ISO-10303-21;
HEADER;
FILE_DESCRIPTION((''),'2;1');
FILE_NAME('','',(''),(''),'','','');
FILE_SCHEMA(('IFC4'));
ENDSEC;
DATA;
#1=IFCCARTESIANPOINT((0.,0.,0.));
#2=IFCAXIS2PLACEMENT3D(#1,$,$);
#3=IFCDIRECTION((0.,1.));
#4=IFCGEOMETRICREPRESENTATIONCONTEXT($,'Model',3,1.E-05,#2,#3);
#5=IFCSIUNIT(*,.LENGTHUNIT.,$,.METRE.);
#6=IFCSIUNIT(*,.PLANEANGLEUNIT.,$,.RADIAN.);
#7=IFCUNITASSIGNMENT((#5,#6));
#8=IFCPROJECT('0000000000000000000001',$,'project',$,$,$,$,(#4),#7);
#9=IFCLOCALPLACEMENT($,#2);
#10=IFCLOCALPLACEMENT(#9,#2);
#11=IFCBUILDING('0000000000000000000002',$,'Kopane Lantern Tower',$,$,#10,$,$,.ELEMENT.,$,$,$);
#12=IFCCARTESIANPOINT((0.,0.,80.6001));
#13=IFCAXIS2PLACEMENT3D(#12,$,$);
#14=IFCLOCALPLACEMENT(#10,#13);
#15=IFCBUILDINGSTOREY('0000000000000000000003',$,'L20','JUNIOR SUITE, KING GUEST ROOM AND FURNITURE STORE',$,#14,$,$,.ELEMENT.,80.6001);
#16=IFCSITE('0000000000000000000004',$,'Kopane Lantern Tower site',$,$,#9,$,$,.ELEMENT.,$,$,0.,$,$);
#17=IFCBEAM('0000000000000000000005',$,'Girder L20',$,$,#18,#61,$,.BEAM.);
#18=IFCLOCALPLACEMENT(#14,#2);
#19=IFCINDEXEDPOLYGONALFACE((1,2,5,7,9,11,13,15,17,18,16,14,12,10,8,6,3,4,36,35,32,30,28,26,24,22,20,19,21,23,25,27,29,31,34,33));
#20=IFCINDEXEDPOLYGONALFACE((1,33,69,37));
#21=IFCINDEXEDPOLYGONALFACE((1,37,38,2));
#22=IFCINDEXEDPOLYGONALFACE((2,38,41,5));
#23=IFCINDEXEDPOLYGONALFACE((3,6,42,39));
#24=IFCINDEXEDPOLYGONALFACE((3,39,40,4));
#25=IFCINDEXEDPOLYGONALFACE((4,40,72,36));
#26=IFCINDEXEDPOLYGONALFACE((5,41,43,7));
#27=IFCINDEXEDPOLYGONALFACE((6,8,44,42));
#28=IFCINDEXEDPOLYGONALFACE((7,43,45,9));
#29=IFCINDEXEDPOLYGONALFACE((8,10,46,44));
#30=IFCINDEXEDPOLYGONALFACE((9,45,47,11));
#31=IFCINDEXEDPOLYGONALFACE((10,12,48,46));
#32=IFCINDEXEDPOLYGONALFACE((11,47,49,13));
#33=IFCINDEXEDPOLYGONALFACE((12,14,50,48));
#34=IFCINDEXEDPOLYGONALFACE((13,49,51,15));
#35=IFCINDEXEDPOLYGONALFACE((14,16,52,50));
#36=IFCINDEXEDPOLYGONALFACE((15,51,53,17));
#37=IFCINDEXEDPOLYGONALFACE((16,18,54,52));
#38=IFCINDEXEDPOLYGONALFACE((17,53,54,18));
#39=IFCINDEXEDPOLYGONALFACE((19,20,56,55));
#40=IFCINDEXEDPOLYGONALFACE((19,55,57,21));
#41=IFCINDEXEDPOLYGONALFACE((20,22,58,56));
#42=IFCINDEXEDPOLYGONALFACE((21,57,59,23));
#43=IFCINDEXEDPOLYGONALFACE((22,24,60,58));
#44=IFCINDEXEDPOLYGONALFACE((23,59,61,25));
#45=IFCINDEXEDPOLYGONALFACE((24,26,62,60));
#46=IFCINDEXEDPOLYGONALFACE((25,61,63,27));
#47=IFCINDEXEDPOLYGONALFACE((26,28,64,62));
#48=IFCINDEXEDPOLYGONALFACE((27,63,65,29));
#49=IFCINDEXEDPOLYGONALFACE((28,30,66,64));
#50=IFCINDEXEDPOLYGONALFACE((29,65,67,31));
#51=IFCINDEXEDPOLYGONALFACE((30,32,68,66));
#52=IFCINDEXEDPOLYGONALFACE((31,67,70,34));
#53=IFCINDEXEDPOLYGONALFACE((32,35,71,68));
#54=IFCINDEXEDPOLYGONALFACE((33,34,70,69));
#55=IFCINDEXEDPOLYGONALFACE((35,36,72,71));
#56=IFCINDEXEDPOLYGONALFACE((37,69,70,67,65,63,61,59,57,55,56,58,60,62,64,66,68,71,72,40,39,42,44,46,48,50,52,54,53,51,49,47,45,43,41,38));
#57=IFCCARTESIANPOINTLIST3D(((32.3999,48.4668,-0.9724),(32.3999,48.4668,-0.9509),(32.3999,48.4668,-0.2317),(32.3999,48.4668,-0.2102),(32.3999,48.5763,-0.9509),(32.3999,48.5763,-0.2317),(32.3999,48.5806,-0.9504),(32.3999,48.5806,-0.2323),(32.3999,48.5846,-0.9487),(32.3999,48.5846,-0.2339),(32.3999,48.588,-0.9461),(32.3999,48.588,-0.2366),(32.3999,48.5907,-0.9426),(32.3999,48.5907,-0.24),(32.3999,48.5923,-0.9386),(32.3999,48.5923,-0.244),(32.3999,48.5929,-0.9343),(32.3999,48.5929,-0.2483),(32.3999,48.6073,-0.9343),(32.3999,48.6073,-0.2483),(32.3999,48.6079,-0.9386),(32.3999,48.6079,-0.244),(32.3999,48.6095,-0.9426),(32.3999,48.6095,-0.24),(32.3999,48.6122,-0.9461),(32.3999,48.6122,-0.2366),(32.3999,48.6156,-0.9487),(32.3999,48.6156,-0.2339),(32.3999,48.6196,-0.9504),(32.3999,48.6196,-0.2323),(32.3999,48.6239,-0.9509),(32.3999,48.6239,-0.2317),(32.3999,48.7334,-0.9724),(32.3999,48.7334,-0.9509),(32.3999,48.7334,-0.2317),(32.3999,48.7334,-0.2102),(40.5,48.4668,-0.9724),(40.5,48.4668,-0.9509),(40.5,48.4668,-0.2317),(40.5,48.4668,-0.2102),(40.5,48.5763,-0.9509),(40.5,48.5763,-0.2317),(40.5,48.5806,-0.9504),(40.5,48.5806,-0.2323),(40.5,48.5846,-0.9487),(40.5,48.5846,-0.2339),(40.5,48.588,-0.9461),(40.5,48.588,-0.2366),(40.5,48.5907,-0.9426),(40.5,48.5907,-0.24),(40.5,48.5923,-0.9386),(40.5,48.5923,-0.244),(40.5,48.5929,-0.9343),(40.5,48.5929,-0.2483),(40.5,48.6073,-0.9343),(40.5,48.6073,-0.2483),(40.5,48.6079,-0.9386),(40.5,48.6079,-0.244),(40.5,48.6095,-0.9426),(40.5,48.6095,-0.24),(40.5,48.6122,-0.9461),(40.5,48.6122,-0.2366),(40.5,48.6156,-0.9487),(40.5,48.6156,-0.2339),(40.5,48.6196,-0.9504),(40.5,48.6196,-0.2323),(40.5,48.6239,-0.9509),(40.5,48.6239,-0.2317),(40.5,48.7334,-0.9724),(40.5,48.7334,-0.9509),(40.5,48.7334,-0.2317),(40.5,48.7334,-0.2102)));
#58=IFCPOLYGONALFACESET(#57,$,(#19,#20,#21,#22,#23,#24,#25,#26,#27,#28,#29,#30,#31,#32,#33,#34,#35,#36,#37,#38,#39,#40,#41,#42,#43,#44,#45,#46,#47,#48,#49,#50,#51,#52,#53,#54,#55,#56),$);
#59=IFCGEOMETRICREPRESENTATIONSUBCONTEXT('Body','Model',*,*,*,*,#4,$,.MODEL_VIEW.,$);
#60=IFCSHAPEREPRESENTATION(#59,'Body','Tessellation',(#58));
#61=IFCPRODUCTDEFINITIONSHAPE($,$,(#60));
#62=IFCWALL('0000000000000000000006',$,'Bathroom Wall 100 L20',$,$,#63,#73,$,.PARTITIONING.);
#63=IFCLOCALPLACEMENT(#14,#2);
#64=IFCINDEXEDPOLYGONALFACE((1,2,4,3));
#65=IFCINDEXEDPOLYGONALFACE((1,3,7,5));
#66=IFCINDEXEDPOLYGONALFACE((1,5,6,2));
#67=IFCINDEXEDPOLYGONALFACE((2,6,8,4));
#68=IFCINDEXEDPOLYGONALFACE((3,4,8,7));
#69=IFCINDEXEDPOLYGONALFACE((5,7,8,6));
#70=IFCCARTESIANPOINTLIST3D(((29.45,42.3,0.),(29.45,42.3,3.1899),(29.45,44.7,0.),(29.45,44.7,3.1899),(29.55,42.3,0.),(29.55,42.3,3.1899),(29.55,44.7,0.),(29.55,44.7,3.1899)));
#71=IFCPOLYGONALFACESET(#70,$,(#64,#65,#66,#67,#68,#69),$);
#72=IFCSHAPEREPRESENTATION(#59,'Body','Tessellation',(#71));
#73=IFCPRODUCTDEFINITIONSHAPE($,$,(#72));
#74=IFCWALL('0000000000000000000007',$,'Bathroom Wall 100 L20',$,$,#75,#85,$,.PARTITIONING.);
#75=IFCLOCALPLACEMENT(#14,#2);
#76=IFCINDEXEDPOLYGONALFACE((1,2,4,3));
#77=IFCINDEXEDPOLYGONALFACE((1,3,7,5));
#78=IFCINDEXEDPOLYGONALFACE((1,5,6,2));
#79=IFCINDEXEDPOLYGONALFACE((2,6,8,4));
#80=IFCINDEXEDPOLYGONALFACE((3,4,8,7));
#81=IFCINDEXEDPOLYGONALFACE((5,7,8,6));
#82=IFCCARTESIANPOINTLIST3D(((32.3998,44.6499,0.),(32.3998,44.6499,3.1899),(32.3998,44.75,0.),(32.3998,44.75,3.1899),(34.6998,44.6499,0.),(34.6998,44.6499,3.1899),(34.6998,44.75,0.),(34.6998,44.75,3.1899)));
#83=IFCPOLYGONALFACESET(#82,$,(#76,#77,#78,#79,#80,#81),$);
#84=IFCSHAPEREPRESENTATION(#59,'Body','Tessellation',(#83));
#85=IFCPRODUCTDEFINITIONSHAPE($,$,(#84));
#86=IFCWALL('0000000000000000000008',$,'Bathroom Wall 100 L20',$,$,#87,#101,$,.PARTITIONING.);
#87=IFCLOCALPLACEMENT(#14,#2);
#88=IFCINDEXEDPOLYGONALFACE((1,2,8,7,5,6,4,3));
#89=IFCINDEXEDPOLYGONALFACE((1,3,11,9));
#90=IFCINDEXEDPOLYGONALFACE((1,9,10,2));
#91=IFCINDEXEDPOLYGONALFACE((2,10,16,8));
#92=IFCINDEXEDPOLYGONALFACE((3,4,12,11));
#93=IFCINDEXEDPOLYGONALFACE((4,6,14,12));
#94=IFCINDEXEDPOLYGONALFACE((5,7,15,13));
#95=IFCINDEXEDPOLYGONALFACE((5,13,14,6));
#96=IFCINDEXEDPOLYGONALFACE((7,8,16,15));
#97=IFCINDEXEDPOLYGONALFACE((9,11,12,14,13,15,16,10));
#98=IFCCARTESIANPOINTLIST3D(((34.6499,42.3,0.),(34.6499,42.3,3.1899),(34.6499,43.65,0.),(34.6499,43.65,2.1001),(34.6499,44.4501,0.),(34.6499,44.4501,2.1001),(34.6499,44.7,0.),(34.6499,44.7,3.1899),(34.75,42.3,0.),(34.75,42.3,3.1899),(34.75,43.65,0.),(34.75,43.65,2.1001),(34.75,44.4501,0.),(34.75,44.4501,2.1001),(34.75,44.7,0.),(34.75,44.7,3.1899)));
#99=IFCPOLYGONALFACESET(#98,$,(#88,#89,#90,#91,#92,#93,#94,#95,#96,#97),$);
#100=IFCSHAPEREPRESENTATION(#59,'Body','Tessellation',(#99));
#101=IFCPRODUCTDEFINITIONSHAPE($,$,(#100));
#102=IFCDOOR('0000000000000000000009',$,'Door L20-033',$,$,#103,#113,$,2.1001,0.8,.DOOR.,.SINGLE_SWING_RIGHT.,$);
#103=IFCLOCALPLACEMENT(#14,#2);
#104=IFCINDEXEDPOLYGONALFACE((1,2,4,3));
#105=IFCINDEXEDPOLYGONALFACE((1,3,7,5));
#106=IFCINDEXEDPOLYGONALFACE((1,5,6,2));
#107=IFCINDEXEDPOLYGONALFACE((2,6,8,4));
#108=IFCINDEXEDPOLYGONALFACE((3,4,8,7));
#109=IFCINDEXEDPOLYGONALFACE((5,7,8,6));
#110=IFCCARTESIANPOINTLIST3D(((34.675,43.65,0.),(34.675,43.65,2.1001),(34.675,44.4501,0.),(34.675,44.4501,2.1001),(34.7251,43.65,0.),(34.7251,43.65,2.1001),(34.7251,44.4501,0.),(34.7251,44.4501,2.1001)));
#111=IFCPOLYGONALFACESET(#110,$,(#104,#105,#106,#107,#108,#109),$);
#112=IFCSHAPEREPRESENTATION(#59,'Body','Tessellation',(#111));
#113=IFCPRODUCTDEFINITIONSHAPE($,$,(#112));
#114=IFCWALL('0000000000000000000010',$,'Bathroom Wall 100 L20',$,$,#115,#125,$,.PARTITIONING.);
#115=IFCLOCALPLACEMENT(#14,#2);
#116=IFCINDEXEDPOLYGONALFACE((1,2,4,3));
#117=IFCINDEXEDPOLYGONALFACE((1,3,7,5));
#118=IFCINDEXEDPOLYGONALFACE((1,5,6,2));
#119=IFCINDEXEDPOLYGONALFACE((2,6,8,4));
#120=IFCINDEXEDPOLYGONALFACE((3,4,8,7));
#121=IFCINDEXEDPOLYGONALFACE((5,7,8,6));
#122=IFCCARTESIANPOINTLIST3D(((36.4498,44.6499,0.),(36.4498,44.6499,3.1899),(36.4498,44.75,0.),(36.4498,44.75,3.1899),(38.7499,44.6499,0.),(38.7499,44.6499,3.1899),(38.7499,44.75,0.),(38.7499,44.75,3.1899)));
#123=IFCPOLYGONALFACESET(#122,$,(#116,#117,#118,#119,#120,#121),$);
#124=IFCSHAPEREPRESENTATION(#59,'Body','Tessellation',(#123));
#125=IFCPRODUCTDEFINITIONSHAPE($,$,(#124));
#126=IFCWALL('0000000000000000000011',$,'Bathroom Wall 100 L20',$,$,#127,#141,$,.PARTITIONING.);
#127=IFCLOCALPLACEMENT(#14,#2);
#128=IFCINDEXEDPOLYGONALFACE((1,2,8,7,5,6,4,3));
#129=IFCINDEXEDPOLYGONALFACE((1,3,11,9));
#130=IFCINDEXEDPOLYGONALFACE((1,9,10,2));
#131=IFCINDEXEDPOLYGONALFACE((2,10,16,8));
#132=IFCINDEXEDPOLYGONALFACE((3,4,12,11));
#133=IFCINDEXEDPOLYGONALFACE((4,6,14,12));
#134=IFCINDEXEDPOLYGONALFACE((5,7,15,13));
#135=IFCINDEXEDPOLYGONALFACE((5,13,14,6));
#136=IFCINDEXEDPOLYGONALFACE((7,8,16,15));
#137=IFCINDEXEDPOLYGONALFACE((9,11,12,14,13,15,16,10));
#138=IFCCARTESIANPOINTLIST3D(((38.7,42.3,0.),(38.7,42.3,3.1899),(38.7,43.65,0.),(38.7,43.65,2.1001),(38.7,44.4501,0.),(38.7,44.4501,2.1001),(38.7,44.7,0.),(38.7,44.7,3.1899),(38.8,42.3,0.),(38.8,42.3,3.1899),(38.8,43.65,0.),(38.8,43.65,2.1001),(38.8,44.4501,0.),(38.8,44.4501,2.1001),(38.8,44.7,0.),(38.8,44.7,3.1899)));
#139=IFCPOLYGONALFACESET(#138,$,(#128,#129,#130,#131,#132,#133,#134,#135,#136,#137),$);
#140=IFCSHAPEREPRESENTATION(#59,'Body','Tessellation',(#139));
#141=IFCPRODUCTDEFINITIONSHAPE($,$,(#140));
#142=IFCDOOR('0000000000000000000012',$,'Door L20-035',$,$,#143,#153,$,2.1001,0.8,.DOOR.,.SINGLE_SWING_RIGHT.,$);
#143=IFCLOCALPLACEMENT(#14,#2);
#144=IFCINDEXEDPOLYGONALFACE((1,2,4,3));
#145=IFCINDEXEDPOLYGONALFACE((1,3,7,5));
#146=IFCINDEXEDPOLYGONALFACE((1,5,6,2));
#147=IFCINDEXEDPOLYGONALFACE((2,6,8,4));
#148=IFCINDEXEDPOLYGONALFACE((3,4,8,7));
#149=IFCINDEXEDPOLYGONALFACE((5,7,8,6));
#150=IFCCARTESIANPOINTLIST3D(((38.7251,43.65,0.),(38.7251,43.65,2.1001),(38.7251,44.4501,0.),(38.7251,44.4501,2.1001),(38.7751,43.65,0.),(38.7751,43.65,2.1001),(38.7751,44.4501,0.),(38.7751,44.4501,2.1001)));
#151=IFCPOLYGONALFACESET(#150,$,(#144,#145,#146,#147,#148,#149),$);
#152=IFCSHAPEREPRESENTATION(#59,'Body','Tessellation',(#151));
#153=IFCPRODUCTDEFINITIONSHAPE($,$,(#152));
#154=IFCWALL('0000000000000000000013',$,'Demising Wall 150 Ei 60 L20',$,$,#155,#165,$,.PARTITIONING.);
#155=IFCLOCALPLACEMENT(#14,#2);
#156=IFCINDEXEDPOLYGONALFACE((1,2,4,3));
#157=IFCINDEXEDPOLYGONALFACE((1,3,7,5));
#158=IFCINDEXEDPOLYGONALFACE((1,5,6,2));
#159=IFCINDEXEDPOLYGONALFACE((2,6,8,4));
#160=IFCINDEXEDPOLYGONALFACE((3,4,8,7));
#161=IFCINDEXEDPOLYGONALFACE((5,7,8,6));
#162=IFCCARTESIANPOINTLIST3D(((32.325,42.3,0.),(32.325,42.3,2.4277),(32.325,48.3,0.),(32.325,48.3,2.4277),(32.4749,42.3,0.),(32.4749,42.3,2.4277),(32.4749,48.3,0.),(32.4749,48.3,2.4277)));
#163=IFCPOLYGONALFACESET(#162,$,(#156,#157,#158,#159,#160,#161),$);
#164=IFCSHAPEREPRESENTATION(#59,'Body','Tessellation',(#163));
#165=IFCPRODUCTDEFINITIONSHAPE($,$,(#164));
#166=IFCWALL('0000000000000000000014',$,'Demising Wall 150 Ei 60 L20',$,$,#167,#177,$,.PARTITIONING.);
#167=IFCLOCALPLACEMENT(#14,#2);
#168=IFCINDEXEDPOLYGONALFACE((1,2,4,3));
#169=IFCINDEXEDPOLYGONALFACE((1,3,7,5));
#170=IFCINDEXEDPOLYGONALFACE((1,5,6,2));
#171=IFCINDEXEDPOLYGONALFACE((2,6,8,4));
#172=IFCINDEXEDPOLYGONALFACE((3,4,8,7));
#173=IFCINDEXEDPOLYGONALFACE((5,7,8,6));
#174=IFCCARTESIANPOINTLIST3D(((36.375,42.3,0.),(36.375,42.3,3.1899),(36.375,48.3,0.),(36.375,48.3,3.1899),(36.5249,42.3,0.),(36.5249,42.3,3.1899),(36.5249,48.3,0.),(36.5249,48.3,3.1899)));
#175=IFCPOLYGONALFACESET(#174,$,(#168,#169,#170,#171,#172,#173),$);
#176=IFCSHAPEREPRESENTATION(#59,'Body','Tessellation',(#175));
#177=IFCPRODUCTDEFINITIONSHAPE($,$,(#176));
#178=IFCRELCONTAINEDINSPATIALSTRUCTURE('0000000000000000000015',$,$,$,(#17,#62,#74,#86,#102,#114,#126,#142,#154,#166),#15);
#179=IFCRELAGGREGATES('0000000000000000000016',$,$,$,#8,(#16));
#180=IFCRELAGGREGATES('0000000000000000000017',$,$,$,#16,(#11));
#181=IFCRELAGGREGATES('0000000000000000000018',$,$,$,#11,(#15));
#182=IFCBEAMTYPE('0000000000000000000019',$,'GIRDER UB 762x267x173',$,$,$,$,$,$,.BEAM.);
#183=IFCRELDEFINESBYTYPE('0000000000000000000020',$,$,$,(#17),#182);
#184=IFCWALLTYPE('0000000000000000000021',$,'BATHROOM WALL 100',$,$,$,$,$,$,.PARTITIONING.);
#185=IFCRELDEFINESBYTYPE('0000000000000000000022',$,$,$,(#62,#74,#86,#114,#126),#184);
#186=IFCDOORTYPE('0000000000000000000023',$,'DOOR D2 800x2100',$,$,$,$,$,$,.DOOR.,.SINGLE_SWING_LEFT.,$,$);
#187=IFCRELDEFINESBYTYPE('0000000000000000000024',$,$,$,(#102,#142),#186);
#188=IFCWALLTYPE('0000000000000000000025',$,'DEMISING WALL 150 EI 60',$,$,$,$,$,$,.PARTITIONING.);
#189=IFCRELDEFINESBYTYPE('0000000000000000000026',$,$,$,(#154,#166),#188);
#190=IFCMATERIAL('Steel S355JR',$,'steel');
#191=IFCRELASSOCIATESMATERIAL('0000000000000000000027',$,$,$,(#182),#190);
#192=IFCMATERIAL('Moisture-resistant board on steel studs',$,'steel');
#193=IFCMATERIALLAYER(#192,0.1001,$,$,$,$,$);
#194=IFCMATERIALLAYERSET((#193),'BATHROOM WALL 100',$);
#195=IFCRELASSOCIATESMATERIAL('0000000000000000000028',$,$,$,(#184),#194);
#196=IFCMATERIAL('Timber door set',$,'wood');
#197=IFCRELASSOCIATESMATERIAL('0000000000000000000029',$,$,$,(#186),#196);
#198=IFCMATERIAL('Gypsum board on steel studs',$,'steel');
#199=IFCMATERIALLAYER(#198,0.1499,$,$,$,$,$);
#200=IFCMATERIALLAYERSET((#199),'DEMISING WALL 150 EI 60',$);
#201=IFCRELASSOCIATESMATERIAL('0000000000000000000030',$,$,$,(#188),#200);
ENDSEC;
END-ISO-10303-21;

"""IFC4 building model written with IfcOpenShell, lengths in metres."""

from ifc_helpers import new_model, si_unit, direction, frame, frame_2d, origin, origin_2d, place, context, subcontext, project, spatial, rectangle, i_section, extrude, material, layer, layer_set, material_profile, profile_set, type_object, element, fill, save


model = new_model("IFC4")

# Units and contexts
model_context = context("Model", 3, precision=1e-05, world=origin(), true_north=direction((0.0, 1.0)))
body_context = subcontext(model_context, "Body", "Model", "MODEL_VIEW")
ifc_project = project(units=[si_unit("LENGTHUNIT", "METRE"), si_unit("PLANEANGLEUNIT", "RADIAN")], contexts=[model_context])

# Site, building, storey
site_placement = place(None, origin())
site = spatial("IfcSite", under=ifc_project, at=site_placement, Name="Kopane Lantern Tower site", CompositionType="ELEMENT", RefElevation=0.0)
building_placement = place(site_placement, origin())
building = spatial("IfcBuilding", under=site, at=building_placement, Name="Kopane Lantern Tower", CompositionType="ELEMENT")
storey_placement = place(building_placement, frame((0.0, 0.0, 80.6001)))
storey = spatial("IfcBuildingStorey", under=building, at=storey_placement, Name="L20", Description="JUNIOR SUITE, KING GUEST ROOM AND FURNITURE STORE", CompositionType="ELEMENT", Elevation=80.6001)

# Beam
ifc_material_1 = material(Name="Steel S355JR", Category="steel")
ifc_material_profile_1 = material_profile(ifc_material_1, i_section(OverallWidth=0.2666, OverallDepth=0.7622, WebThickness=0.0144, FlangeThickness=0.0215, FilletRadius=0.0166, at=origin_2d()), Name="UB 762x267x173")
ifc_profile_set_1 = profile_set([ifc_material_profile_1], Name="Steel S355JR")
beam_type = type_object("IfcBeamType", Name="GIRDER UB 762x267x173", PredefinedType="BEAM", material=ifc_profile_set_1)
for number, where, z_axis, x_axis, name in (
    (1, (32.3999, 48.6001, -0.5913), (1.0, 0.0, 0.0), (0.0, 1.0, 0.0), "Girder L20"),
):
    element("IfcBeam", number, at=place(storey_placement, frame(where, z_axis=z_axis, x_axis=x_axis)), inside=storey, type_object=beam_type, Name=name, PredefinedType="BEAM", context=body_context, shape_type="SweptSolid", body=[
        extrude(i_section(OverallWidth=0.2666, OverallDepth=0.7622, WebThickness=0.0144, FlangeThickness=0.0215, FilletRadius=0.0166, at=origin_2d()), origin(), (0.0, 0.0, 1.0), 8.1001),
    ])

# Walls
ifc_material_2 = material(Name="Moisture-resistant board on steel studs", Category="steel")
ifc_layer_1 = layer(ifc_material_2, 0.1001)
ifc_layer_set_1 = layer_set([ifc_layer_1], Name="BATHROOM WALL 100")
wall_type_1 = type_object("IfcWallType", Name="BATHROOM WALL 100", PredefinedType="PARTITIONING", material=ifc_layer_set_1)
wall_1_placement = place(storey_placement, frame((29.5, 42.3, 0.0), z_axis=(0.0, 0.0, 1.0), x_axis=(0.0, 1.0, 0.0)))
element("IfcWall", 2, at=wall_1_placement, inside=storey, type_object=wall_type_1, Name="Bathroom Wall 100 L20", PredefinedType="PARTITIONING", context=body_context, shape_type="SweptSolid", body=[
    extrude(rectangle(XDim=2.3999, YDim=0.1001, at=frame_2d((1.2, 0.0))), origin(), (0.0, 0.0, 1.0), 3.1899),
])
wall_2_placement = place(storey_placement, frame((32.3999, 44.7, 0.0), z_axis=(0.0, 0.0, 1.0), x_axis=(1.0, 0.0, 0.0)))
element("IfcWall", 3, at=wall_2_placement, inside=storey, type_object=wall_type_1, Name="Bathroom Wall 100 L20", PredefinedType="PARTITIONING", context=body_context, shape_type="SweptSolid", body=[
    extrude(rectangle(XDim=2.3, YDim=0.1001, at=frame_2d((1.1499, 0.0))), origin(), (0.0, 0.0, 1.0), 3.1899),
])

# Wall, opening, door
wall_3_placement = place(storey_placement, frame((34.7, 42.3, 0.0), z_axis=(0.0, 0.0, 1.0), x_axis=(0.0, 1.0, 0.0)))
wall_3 = element("IfcWall", 4, at=wall_3_placement, inside=storey, type_object=wall_type_1, Name="Bathroom Wall 100 L20", PredefinedType="PARTITIONING", context=body_context, shape_type="SweptSolid", body=[
    extrude(rectangle(XDim=2.3999, YDim=0.1001, at=frame_2d((1.2, 0.0))), origin(), (0.0, 0.0, 1.0), 3.1899),
])
opening_1_placement = place(wall_3_placement, frame((1.3501, 0.0, 0.0)))
opening_1 = element("IfcOpeningElement", 5, at=opening_1_placement, cuts=wall_3, PredefinedType="OPENING", context=body_context, shape_type="SweptSolid", body=[
    extrude(rectangle(XDim=0.8, YDim=2.1001, at=frame_2d((0.3999, 1.05))), frame((0.0, 0.0601, 0.0), z_axis=(0.0, -1.0, 0.0), x_axis=(1.0, 0.0, 0.0)), (0.0, 0.0, 1.0), 0.1201),
])
ifc_material_3 = material(Name="Timber door set", Category="wood")
door_type_1 = type_object("IfcDoorType", Name="DOOR D2 800x2100", OperationType="SINGLE_SWING_LEFT", PredefinedType="DOOR", material=ifc_material_3)
door_1_placement = place(opening_1_placement, origin())
door_1 = element("IfcDoor", 6, at=door_1_placement, inside=storey, type_object=door_type_1, Name="Door L20-033", OperationType="SINGLE_SWING_RIGHT", OverallHeight=2.1001, OverallWidth=0.8, PredefinedType="DOOR", context=body_context, shape_type="SweptSolid", body=[
    extrude(rectangle(XDim=0.8, YDim=2.1001, at=frame_2d((0.3999, 1.05))), frame((0.0, 0.0249, 0.0), z_axis=(0.0, -1.0, 0.0), x_axis=(1.0, 0.0, 0.0)), (0.0, 0.0, 1.0), 0.05),
])
fill(opening_1, door_1)

# Wall
wall_4_placement = place(storey_placement, frame((36.45, 44.7, 0.0), z_axis=(0.0, 0.0, 1.0), x_axis=(1.0, 0.0, 0.0)))
element("IfcWall", 7, at=wall_4_placement, inside=storey, type_object=wall_type_1, Name="Bathroom Wall 100 L20", PredefinedType="PARTITIONING", context=body_context, shape_type="SweptSolid", body=[
    extrude(rectangle(XDim=2.3, YDim=0.1001, at=frame_2d((1.1499, 0.0))), origin(), (0.0, 0.0, 1.0), 3.1899),
])

# Wall, opening, door
wall_5_placement = place(storey_placement, frame((38.75, 42.3, 0.0), z_axis=(0.0, 0.0, 1.0), x_axis=(0.0, 1.0, 0.0)))
wall_5 = element("IfcWall", 8, at=wall_5_placement, inside=storey, type_object=wall_type_1, Name="Bathroom Wall 100 L20", PredefinedType="PARTITIONING", context=body_context, shape_type="SweptSolid", body=[
    extrude(rectangle(XDim=2.3999, YDim=0.1001, at=frame_2d((1.2, 0.0))), origin(), (0.0, 0.0, 1.0), 3.1899),
])
opening_2_placement = place(wall_5_placement, frame((1.3501, 0.0, 0.0)))
opening_2 = element("IfcOpeningElement", 9, at=opening_2_placement, cuts=wall_5, PredefinedType="OPENING", context=body_context, shape_type="SweptSolid", body=[
    extrude(rectangle(XDim=0.8, YDim=2.1001, at=frame_2d((0.3999, 1.05))), frame((0.0, 0.0601, 0.0), z_axis=(0.0, -1.0, 0.0), x_axis=(1.0, 0.0, 0.0)), (0.0, 0.0, 1.0), 0.1201),
])
door_2_placement = place(opening_2_placement, origin())
door_2 = element("IfcDoor", 10, at=door_2_placement, inside=storey, type_object=door_type_1, Name="Door L20-035", OperationType="SINGLE_SWING_RIGHT", OverallHeight=2.1001, OverallWidth=0.8, PredefinedType="DOOR", context=body_context, shape_type="SweptSolid", body=[
    extrude(rectangle(XDim=0.8, YDim=2.1001, at=frame_2d((0.3999, 1.05))), frame((0.0, 0.0249, 0.0), z_axis=(0.0, -1.0, 0.0), x_axis=(1.0, 0.0, 0.0)), (0.0, 0.0, 1.0), 0.05),
])
fill(opening_2, door_2)

# Walls
ifc_material_4 = material(Name="Gypsum board on steel studs", Category="steel")
ifc_layer_2 = layer(ifc_material_4, 0.1499)
ifc_layer_set_2 = layer_set([ifc_layer_2], Name="DEMISING WALL 150 EI 60")
wall_type_2 = type_object("IfcWallType", Name="DEMISING WALL 150 EI 60", PredefinedType="PARTITIONING", material=ifc_layer_set_2)
wall_6_placement = place(storey_placement, frame((32.3999, 42.3, 0.0), z_axis=(0.0, 0.0, 1.0), x_axis=(0.0, 1.0, 0.0)))
element("IfcWall", 11, at=wall_6_placement, inside=storey, type_object=wall_type_2, Name="Demising Wall 150 Ei 60 L20", PredefinedType="PARTITIONING", context=body_context, shape_type="SweptSolid", body=[
    extrude(rectangle(XDim=6.0, YDim=0.1499, at=frame_2d((3.0, 0.0))), origin(), (0.0, 0.0, 1.0), 2.4277),
])
wall_7_placement = place(storey_placement, frame((36.45, 42.3, 0.0), z_axis=(0.0, 0.0, 1.0), x_axis=(0.0, 1.0, 0.0)))
element("IfcWall", 12, at=wall_7_placement, inside=storey, type_object=wall_type_2, Name="Demising Wall 150 Ei 60 L20", PredefinedType="PARTITIONING", context=body_context, shape_type="SweptSolid", body=[
    extrude(rectangle(XDim=6.0, YDim=0.1499, at=frame_2d((3.0, 0.0))), origin(), (0.0, 0.0, 1.0), 3.1899),
])

save(model, "model.ifc")
